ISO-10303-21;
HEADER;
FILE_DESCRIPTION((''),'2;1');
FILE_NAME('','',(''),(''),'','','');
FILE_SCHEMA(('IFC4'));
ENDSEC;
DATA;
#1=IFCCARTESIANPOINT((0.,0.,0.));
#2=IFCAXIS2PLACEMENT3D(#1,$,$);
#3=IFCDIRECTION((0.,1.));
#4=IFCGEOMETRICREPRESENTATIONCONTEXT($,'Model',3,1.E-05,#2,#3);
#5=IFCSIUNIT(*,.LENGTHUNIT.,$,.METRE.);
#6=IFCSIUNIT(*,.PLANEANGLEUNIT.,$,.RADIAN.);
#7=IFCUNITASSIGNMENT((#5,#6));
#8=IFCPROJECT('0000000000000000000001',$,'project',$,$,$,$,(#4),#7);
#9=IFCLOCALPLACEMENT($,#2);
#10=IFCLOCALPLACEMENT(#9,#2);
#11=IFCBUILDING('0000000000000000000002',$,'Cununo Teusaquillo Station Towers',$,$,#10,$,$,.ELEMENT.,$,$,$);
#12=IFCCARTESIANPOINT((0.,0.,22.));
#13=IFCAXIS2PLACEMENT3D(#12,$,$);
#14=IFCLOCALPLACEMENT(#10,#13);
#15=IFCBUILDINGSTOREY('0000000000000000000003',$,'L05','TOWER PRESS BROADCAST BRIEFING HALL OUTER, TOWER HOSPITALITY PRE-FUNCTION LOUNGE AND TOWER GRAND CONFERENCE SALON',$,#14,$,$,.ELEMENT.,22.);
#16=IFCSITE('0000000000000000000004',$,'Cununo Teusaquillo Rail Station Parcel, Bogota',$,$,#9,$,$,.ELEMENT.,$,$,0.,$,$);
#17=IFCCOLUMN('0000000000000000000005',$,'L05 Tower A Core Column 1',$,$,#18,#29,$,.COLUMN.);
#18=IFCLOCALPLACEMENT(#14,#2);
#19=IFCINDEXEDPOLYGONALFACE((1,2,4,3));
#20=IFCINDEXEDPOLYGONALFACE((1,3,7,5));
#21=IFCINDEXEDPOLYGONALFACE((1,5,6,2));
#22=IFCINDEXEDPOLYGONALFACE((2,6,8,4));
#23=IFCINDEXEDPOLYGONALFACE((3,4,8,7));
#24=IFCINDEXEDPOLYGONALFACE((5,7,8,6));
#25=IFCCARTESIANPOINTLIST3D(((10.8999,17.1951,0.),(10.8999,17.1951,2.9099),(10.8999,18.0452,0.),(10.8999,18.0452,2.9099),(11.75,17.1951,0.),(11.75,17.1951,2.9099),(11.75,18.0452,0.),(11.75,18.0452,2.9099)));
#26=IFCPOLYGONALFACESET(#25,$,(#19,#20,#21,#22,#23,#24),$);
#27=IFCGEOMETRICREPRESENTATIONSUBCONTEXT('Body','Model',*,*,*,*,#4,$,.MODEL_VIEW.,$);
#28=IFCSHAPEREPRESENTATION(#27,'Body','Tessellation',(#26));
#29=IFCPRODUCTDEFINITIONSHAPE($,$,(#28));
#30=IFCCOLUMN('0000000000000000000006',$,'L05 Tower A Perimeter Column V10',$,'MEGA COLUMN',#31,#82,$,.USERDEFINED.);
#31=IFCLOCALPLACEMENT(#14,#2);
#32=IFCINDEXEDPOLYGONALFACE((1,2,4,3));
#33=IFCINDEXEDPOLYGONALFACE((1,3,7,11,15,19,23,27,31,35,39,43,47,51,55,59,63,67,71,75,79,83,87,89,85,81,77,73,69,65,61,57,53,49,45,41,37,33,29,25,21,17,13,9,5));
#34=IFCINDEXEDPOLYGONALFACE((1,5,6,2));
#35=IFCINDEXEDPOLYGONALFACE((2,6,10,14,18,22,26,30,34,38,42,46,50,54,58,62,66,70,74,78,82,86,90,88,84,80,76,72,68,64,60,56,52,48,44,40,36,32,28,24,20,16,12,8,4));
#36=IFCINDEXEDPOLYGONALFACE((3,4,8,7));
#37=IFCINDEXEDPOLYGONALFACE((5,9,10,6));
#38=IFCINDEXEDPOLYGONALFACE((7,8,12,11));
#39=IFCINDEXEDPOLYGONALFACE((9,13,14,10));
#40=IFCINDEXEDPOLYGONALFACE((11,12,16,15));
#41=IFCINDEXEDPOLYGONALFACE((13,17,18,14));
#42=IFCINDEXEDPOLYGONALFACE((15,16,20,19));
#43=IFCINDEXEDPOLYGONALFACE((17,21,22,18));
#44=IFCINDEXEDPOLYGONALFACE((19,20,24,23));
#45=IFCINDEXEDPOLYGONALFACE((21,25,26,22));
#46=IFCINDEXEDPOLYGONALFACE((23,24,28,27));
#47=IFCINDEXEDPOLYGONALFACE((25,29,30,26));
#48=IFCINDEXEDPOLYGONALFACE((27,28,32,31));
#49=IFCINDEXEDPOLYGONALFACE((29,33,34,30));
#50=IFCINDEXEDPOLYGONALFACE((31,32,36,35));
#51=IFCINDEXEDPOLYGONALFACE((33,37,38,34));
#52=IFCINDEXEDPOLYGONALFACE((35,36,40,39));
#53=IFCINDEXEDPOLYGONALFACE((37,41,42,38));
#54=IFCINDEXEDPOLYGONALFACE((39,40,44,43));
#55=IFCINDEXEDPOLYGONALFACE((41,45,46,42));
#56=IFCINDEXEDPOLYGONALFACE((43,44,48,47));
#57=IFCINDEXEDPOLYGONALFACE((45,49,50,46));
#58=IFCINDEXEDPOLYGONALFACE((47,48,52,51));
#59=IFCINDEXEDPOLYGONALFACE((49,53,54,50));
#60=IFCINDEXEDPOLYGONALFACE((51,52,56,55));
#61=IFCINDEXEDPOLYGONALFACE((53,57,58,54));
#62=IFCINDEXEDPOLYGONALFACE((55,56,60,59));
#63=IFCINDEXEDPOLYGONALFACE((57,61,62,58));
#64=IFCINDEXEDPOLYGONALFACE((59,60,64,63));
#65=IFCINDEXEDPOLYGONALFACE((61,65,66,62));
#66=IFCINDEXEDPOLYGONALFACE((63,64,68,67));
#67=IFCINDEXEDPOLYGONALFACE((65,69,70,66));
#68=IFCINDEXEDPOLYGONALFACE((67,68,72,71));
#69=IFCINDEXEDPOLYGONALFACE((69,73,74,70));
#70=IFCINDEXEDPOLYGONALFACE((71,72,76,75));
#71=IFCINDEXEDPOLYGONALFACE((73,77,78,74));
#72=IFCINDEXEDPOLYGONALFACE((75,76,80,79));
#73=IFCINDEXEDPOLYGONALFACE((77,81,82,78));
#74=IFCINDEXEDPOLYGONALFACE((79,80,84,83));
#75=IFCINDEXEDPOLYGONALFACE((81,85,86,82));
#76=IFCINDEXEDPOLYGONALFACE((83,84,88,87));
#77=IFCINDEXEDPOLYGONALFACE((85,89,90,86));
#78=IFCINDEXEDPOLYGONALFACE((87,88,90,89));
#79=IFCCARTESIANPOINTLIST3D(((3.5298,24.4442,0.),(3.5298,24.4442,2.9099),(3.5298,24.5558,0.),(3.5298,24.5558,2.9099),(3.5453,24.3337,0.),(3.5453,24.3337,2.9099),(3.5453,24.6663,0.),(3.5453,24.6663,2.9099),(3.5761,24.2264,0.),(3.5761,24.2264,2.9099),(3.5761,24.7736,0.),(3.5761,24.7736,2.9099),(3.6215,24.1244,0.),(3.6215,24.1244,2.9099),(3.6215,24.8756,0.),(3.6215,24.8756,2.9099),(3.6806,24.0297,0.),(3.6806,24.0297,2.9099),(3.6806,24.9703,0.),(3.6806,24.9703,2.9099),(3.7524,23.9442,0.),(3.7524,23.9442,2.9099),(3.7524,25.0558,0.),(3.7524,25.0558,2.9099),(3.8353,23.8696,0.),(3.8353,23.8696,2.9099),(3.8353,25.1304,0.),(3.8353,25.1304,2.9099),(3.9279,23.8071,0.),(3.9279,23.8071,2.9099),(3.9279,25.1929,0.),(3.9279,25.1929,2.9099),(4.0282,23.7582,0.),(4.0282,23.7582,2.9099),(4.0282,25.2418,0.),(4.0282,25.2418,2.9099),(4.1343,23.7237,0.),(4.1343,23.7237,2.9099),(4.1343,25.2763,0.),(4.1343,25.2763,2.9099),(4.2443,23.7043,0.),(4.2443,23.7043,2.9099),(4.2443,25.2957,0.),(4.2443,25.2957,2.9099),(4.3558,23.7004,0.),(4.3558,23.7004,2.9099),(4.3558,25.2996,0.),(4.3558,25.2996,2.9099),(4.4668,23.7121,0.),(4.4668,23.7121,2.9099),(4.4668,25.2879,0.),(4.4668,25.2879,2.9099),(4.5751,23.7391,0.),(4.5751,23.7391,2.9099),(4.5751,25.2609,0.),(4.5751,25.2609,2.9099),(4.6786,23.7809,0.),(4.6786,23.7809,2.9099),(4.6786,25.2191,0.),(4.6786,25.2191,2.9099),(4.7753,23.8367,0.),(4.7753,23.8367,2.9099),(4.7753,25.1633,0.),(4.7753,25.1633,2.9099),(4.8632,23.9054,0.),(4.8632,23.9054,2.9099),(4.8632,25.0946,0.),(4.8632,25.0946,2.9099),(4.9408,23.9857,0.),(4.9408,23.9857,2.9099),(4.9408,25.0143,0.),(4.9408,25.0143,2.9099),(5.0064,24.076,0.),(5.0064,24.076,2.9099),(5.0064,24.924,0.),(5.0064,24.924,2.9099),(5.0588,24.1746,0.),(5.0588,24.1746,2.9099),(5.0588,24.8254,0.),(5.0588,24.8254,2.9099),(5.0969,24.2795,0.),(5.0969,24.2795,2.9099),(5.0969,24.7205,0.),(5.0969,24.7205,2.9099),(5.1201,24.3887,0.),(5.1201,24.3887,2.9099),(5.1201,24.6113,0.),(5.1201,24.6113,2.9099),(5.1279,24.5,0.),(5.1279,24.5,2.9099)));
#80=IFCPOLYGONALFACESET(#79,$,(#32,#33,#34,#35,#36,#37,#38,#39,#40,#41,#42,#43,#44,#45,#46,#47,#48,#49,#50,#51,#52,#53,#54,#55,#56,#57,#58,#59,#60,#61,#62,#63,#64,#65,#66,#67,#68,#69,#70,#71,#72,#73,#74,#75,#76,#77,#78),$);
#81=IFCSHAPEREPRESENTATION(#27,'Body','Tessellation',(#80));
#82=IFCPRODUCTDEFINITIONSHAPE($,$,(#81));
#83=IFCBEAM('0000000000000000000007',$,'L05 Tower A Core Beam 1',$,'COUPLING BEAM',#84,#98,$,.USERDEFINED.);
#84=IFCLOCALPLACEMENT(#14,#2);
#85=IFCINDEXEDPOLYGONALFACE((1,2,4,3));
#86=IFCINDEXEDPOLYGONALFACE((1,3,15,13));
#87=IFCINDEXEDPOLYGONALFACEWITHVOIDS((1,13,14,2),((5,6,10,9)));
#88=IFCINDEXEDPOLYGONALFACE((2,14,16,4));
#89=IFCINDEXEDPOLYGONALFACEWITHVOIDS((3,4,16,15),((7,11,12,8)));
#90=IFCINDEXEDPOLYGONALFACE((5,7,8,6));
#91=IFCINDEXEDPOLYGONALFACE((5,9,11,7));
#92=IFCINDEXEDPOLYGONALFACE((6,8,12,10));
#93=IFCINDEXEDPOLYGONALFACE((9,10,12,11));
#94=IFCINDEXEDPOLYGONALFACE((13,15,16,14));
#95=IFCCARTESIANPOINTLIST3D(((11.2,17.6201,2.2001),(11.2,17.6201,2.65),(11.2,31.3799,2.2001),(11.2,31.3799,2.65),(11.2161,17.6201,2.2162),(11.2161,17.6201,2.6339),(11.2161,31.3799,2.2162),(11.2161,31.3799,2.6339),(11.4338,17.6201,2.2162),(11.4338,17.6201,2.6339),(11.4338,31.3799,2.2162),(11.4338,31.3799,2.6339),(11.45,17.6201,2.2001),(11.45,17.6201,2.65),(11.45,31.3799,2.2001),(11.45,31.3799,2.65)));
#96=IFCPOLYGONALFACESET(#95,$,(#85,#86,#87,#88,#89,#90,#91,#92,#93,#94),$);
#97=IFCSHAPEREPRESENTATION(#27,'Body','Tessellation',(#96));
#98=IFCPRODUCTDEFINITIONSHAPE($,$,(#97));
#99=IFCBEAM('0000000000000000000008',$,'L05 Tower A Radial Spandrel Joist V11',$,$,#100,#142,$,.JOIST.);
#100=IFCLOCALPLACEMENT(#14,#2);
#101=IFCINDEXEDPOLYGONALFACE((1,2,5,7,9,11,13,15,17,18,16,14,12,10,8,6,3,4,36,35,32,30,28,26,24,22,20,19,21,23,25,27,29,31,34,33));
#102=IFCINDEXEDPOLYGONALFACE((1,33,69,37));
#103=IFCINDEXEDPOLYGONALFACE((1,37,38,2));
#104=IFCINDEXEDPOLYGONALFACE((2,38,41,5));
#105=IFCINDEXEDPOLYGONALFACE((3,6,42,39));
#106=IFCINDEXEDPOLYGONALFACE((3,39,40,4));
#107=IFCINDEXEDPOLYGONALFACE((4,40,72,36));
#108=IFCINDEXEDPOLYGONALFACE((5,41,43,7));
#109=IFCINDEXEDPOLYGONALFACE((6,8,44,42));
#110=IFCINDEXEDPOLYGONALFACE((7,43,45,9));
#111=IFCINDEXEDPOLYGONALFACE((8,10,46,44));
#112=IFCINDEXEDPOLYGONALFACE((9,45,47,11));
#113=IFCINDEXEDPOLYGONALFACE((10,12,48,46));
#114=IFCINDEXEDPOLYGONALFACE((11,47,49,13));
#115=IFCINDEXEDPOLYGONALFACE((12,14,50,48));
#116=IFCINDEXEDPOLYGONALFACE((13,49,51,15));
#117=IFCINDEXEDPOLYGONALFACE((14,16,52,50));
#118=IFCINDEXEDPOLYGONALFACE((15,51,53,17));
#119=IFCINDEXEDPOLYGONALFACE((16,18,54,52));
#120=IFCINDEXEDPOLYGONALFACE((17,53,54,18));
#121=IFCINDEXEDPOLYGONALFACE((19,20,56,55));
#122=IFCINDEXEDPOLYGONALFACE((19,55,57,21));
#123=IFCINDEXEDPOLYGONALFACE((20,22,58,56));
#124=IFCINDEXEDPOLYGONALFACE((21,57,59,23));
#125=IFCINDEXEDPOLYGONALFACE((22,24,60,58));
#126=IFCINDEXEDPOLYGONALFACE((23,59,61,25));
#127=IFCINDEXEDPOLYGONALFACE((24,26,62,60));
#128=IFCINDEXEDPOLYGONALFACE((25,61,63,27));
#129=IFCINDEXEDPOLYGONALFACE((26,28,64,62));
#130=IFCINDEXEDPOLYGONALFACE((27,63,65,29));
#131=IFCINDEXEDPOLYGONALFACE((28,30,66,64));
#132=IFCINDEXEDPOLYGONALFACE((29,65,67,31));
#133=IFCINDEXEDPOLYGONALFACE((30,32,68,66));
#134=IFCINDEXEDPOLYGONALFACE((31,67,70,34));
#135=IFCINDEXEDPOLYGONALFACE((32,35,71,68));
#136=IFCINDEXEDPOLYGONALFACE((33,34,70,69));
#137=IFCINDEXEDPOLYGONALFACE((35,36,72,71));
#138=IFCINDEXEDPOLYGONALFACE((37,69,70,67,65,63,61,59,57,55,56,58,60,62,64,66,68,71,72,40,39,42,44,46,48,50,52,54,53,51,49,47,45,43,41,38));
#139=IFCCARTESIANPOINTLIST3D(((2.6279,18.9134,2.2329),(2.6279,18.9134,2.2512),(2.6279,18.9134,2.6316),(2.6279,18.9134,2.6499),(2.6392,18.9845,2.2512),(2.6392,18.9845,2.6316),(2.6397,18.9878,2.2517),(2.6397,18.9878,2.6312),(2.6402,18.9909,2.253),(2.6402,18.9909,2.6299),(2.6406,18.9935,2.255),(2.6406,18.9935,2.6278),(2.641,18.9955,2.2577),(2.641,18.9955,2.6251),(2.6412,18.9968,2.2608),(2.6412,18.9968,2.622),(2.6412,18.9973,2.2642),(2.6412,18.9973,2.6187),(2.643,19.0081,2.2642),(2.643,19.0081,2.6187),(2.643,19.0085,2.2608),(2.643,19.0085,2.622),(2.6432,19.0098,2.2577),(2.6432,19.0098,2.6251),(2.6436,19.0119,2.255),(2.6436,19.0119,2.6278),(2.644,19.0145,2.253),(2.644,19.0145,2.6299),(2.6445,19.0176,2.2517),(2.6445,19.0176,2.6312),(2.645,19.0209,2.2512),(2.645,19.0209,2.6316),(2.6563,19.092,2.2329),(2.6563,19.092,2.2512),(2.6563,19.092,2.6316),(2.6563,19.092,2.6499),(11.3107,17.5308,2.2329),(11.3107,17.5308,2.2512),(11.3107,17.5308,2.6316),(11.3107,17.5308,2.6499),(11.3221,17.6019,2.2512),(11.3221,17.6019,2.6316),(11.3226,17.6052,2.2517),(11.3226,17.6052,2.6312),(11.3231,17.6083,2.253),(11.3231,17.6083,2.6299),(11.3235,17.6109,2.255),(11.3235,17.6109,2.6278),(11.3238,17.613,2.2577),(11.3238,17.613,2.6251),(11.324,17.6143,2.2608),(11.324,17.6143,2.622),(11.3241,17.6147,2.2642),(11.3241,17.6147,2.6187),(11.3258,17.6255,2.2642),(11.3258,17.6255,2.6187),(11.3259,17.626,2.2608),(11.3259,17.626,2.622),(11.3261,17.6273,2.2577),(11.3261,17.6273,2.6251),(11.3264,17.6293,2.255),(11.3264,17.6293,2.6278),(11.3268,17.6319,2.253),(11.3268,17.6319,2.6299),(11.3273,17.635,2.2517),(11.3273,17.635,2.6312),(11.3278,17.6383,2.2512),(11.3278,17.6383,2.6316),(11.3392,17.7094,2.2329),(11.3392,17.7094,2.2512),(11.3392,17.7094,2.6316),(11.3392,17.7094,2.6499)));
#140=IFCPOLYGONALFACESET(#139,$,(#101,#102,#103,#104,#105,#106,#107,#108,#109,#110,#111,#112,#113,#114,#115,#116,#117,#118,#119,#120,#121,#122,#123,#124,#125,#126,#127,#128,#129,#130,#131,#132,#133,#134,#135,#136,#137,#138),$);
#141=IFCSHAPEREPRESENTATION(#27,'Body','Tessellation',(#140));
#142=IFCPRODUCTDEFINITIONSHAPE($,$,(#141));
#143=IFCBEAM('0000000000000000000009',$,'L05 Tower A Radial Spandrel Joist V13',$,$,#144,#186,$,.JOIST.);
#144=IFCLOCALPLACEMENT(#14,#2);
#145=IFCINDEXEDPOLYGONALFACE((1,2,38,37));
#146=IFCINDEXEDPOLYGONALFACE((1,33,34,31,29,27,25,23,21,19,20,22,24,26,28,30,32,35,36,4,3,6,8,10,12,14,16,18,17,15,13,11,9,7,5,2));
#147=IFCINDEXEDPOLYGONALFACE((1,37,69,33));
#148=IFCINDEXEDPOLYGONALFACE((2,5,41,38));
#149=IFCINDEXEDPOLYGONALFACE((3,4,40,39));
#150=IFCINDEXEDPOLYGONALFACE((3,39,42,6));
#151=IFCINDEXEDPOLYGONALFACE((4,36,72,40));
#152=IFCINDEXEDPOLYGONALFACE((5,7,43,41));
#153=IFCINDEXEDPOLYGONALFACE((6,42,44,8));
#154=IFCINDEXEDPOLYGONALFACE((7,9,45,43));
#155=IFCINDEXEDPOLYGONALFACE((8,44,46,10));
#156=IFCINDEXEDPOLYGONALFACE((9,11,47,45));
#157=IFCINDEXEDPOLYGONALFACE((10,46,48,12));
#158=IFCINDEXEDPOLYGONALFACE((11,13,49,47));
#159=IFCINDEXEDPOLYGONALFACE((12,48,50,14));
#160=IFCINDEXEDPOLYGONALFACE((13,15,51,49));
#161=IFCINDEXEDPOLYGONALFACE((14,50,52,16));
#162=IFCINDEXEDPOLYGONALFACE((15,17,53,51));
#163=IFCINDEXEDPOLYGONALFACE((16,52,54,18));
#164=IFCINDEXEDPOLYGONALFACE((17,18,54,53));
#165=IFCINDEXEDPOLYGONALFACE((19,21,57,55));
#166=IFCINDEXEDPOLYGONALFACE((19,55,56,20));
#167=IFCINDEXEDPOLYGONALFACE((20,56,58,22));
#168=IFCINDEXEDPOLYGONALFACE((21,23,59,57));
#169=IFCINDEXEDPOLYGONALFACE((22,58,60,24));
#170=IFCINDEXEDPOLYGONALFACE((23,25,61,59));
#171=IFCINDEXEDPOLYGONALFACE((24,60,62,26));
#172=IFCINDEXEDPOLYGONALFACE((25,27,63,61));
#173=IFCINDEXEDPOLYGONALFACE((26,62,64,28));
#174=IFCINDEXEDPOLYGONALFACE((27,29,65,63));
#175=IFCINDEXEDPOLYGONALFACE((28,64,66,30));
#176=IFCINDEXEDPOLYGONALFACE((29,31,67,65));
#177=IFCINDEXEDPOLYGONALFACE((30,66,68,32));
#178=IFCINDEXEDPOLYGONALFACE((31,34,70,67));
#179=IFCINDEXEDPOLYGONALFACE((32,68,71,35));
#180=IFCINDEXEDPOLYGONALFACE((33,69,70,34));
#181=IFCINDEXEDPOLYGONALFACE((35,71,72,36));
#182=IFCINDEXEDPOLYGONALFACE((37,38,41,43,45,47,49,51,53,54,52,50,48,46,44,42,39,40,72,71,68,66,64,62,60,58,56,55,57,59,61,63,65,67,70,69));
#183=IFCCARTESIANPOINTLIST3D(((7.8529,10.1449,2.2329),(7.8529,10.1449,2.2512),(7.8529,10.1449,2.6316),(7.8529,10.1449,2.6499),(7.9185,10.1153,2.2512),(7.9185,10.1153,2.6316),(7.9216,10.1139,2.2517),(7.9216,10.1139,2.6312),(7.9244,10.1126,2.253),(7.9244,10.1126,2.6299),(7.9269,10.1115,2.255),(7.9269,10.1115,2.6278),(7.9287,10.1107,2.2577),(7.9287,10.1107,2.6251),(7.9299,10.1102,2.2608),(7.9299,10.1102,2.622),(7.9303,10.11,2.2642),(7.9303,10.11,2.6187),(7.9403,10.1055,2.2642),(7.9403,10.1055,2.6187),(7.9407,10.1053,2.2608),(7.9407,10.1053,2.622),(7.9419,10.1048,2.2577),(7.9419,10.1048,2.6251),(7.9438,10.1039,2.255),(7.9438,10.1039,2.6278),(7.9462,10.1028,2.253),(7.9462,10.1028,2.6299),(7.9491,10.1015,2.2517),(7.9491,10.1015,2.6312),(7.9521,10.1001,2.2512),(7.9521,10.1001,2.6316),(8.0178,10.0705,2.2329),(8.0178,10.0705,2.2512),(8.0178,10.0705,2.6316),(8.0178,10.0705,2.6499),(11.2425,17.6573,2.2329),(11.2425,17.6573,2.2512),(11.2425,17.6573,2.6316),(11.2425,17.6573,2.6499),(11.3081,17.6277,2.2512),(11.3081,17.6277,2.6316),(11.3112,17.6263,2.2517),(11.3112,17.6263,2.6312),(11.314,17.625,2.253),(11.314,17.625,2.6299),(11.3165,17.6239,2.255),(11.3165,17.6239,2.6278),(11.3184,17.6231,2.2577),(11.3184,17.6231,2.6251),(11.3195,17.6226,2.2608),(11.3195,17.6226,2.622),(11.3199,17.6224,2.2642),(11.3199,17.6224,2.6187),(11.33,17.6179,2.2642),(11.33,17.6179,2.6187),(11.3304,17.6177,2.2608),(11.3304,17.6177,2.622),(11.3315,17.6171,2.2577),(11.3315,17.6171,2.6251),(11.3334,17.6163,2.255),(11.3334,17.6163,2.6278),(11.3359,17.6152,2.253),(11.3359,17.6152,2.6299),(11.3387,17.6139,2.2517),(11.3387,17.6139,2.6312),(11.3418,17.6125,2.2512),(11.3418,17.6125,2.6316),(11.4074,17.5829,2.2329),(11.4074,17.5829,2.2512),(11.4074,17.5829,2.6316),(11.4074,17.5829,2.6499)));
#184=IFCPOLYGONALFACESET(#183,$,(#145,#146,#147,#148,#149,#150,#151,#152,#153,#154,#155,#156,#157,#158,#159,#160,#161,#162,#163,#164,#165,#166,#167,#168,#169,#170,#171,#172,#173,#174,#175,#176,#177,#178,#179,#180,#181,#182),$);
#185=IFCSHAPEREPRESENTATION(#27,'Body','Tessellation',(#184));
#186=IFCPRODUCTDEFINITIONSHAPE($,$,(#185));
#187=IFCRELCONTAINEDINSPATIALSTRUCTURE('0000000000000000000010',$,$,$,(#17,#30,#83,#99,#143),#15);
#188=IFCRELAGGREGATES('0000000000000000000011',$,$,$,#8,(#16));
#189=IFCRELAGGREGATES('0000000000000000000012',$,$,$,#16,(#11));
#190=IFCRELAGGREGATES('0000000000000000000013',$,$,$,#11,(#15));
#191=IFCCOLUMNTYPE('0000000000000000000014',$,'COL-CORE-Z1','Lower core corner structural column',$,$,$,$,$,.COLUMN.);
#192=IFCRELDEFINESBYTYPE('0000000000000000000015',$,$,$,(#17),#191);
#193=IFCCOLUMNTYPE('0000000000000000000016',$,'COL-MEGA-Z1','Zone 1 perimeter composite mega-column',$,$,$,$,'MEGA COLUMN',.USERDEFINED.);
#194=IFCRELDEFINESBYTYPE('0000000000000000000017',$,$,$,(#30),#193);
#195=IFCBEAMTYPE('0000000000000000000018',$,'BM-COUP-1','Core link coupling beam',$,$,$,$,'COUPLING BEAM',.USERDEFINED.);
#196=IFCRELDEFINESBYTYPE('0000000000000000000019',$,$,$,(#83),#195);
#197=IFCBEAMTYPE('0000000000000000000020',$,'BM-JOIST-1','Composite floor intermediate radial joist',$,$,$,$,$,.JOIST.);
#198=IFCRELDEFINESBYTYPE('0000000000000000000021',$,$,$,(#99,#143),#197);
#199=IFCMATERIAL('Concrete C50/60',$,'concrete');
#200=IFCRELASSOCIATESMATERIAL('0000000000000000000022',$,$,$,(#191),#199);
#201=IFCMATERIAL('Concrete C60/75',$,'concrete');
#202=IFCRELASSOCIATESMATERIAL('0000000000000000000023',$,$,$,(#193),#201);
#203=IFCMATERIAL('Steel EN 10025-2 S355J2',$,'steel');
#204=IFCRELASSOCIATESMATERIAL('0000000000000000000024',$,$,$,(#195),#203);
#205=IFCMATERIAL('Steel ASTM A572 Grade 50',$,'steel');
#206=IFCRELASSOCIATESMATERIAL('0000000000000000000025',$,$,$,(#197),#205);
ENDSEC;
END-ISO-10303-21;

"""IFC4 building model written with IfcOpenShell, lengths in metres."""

from ifc_helpers import new_model, si_unit, direction, frame, origin, origin_2d, place, context, subcontext, project, spatial, rectangle, hollow_rectangle, circle, i_section, extrude, material, material_profile, profile_set, type_object, element, save


model = new_model("IFC4")

# Units and contexts
model_context = context("Model", 3, precision=1e-05, world=origin(), true_north=direction((0.0, 1.0)))
body_context = subcontext(model_context, "Body", "Model", "MODEL_VIEW")
ifc_project = project(units=[si_unit("LENGTHUNIT", "METRE"), si_unit("PLANEANGLEUNIT", "RADIAN")], contexts=[model_context])

# Site, building, storey
site_placement = place(None, origin())
site = spatial("IfcSite", under=ifc_project, at=site_placement, Name="Cununo Teusaquillo Rail Station Parcel, Bogota", CompositionType="ELEMENT", RefElevation=0.0)
building_placement = place(site_placement, origin())
building = spatial("IfcBuilding", under=site, at=building_placement, Name="Cununo Teusaquillo Station Towers", CompositionType="ELEMENT")
storey_placement = place(building_placement, frame((0.0, 0.0, 22.0)))
storey = spatial("IfcBuildingStorey", under=building, at=storey_placement, Name="L05", Description="TOWER PRESS BROADCAST BRIEFING HALL OUTER, TOWER HOSPITALITY PRE-FUNCTION LOUNGE AND TOWER GRAND CONFERENCE SALON", CompositionType="ELEMENT", Elevation=22.0)

# Columns
ifc_material_1 = material(Name="Concrete C50/60", Category="concrete")
ifc_material_profile_1 = material_profile(ifc_material_1, rectangle(XDim=0.8501, YDim=0.8501, at=origin_2d()), Name="RC-RECT-850x850")
ifc_profile_set_1 = profile_set([ifc_material_profile_1], Name="Concrete C50/60")
column_type_1 = type_object("IfcColumnType", Name="COL-CORE-Z1", Description="Lower core corner structural column", PredefinedType="COLUMN", material=ifc_profile_set_1)
column_1_placement = place(storey_placement, frame((11.325, 17.6201, 0.0), z_axis=(0.0, 0.0, 1.0), x_axis=(1.0, 0.0, 0.0)))
element("IfcColumn", 1, at=column_1_placement, inside=storey, type_object=column_type_1, Name="L05 Tower A Core Column 1", PredefinedType="COLUMN", context=body_context, shape_type="SweptSolid", body=[
    extrude(rectangle(XDim=0.8501, YDim=0.8501, at=origin_2d()), origin(), (0.0, 0.0, 1.0), 2.9099),
])
ifc_material_2 = material(Name="Concrete C60/75", Category="concrete")
ifc_material_profile_2 = material_profile(ifc_material_2, circle(Radius=0.8, at=origin_2d()), Name="RC-CIRC-1600")
ifc_profile_set_2 = profile_set([ifc_material_profile_2], Name="Concrete C60/75")
column_type_2 = type_object("IfcColumnType", Name="COL-MEGA-Z1", Description="Zone 1 perimeter composite mega-column", ElementType="MEGA COLUMN", PredefinedType="USERDEFINED", material=ifc_profile_set_2)
column_2_placement = place(storey_placement, frame((4.3279, 24.5, 0.0), z_axis=(0.0, 0.0, 1.0), x_axis=(1.0, 0.0, 0.0)))
element("IfcColumn", 2, at=column_2_placement, inside=storey, type_object=column_type_2, Name="L05 Tower A Perimeter Column V10", ObjectType="MEGA COLUMN", PredefinedType="USERDEFINED", context=body_context, shape_type="SweptSolid", body=[
    extrude(circle(Radius=0.8, at=origin_2d()), origin(), (0.0, 0.0, 1.0), 2.9099),
])

# Beams
ifc_material_3 = material(Name="Steel EN 10025-2 S355J2", Category="steel")
ifc_material_profile_3 = material_profile(ifc_material_3, hollow_rectangle(XDim=0.25, YDim=0.45, WallThickness=0.0161, at=origin_2d()), Name="RHS 450x250x16")
ifc_profile_set_3 = profile_set([ifc_material_profile_3], Name="Steel EN 10025-2 S355J2")
beam_type_1 = type_object("IfcBeamType", Name="BM-COUP-1", Description="Core link coupling beam", ElementType="COUPLING BEAM", PredefinedType="USERDEFINED", material=ifc_profile_set_3)
beam_1_placement = place(storey_placement, frame((11.325, 17.6201, 2.425), z_axis=(0.0, 1.0, 0.0), x_axis=(-1.0, 0.0, 0.0)))
element("IfcBeam", 3, at=beam_1_placement, inside=storey, type_object=beam_type_1, Name="L05 Tower A Core Beam 1", ObjectType="COUPLING BEAM", PredefinedType="USERDEFINED", context=body_context, shape_type="SweptSolid", body=[
    extrude(hollow_rectangle(XDim=0.25, YDim=0.45, WallThickness=0.0161, at=origin_2d()), origin(), (0.0, 0.0, 1.0), 13.7598),
])
ifc_material_4 = material(Name="Steel ASTM A572 Grade 50", Category="steel")
ifc_material_profile_4 = material_profile(ifc_material_4, i_section(OverallWidth=0.1809, OverallDepth=0.417, WebThickness=0.011, FlangeThickness=0.0183, FilletRadius=0.0129, at=origin_2d()), Name="W16X57")
ifc_profile_set_4 = profile_set([ifc_material_profile_4], Name="Steel ASTM A572 Grade 50")
beam_type_2 = type_object("IfcBeamType", Name="BM-JOIST-1", Description="Composite floor intermediate radial joist", PredefinedType="JOIST", material=ifc_profile_set_4)
beam_2_placement = place(storey_placement, frame((11.325, 17.6201, 2.4414), z_axis=(-0.987559, 0.157249, 0.0), x_axis=(-0.157249, -0.987559, 0.0)))
element("IfcBeam", 4, at=beam_2_placement, inside=storey, type_object=beam_type_2, Name="L05 Tower A Radial Spandrel Joist V11", PredefinedType="JOIST", context=body_context, shape_type="SweptSolid", body=[
    extrude(i_section(OverallWidth=0.1809, OverallDepth=0.417, WebThickness=0.011, FlangeThickness=0.0183, FilletRadius=0.0129, at=origin_2d()), origin(), (0.0, 0.0, 1.0), 8.7922),
])
beam_3_placement = place(storey_placement, frame((11.325, 17.6201, 2.4414), z_axis=(-0.411277, -0.91151, 0.0), x_axis=(0.91151, -0.411277, 0.0)))
element("IfcBeam", 5, at=beam_3_placement, inside=storey, type_object=beam_type_2, Name="L05 Tower A Radial Spandrel Joist V13", PredefinedType="JOIST", context=body_context, shape_type="SweptSolid", body=[
    extrude(i_section(OverallWidth=0.1809, OverallDepth=0.417, WebThickness=0.011, FlangeThickness=0.0183, FilletRadius=0.0129, at=origin_2d()), origin(), (0.0, 0.0, 1.0), 8.2417),
])

save(model, "model.ifc")
